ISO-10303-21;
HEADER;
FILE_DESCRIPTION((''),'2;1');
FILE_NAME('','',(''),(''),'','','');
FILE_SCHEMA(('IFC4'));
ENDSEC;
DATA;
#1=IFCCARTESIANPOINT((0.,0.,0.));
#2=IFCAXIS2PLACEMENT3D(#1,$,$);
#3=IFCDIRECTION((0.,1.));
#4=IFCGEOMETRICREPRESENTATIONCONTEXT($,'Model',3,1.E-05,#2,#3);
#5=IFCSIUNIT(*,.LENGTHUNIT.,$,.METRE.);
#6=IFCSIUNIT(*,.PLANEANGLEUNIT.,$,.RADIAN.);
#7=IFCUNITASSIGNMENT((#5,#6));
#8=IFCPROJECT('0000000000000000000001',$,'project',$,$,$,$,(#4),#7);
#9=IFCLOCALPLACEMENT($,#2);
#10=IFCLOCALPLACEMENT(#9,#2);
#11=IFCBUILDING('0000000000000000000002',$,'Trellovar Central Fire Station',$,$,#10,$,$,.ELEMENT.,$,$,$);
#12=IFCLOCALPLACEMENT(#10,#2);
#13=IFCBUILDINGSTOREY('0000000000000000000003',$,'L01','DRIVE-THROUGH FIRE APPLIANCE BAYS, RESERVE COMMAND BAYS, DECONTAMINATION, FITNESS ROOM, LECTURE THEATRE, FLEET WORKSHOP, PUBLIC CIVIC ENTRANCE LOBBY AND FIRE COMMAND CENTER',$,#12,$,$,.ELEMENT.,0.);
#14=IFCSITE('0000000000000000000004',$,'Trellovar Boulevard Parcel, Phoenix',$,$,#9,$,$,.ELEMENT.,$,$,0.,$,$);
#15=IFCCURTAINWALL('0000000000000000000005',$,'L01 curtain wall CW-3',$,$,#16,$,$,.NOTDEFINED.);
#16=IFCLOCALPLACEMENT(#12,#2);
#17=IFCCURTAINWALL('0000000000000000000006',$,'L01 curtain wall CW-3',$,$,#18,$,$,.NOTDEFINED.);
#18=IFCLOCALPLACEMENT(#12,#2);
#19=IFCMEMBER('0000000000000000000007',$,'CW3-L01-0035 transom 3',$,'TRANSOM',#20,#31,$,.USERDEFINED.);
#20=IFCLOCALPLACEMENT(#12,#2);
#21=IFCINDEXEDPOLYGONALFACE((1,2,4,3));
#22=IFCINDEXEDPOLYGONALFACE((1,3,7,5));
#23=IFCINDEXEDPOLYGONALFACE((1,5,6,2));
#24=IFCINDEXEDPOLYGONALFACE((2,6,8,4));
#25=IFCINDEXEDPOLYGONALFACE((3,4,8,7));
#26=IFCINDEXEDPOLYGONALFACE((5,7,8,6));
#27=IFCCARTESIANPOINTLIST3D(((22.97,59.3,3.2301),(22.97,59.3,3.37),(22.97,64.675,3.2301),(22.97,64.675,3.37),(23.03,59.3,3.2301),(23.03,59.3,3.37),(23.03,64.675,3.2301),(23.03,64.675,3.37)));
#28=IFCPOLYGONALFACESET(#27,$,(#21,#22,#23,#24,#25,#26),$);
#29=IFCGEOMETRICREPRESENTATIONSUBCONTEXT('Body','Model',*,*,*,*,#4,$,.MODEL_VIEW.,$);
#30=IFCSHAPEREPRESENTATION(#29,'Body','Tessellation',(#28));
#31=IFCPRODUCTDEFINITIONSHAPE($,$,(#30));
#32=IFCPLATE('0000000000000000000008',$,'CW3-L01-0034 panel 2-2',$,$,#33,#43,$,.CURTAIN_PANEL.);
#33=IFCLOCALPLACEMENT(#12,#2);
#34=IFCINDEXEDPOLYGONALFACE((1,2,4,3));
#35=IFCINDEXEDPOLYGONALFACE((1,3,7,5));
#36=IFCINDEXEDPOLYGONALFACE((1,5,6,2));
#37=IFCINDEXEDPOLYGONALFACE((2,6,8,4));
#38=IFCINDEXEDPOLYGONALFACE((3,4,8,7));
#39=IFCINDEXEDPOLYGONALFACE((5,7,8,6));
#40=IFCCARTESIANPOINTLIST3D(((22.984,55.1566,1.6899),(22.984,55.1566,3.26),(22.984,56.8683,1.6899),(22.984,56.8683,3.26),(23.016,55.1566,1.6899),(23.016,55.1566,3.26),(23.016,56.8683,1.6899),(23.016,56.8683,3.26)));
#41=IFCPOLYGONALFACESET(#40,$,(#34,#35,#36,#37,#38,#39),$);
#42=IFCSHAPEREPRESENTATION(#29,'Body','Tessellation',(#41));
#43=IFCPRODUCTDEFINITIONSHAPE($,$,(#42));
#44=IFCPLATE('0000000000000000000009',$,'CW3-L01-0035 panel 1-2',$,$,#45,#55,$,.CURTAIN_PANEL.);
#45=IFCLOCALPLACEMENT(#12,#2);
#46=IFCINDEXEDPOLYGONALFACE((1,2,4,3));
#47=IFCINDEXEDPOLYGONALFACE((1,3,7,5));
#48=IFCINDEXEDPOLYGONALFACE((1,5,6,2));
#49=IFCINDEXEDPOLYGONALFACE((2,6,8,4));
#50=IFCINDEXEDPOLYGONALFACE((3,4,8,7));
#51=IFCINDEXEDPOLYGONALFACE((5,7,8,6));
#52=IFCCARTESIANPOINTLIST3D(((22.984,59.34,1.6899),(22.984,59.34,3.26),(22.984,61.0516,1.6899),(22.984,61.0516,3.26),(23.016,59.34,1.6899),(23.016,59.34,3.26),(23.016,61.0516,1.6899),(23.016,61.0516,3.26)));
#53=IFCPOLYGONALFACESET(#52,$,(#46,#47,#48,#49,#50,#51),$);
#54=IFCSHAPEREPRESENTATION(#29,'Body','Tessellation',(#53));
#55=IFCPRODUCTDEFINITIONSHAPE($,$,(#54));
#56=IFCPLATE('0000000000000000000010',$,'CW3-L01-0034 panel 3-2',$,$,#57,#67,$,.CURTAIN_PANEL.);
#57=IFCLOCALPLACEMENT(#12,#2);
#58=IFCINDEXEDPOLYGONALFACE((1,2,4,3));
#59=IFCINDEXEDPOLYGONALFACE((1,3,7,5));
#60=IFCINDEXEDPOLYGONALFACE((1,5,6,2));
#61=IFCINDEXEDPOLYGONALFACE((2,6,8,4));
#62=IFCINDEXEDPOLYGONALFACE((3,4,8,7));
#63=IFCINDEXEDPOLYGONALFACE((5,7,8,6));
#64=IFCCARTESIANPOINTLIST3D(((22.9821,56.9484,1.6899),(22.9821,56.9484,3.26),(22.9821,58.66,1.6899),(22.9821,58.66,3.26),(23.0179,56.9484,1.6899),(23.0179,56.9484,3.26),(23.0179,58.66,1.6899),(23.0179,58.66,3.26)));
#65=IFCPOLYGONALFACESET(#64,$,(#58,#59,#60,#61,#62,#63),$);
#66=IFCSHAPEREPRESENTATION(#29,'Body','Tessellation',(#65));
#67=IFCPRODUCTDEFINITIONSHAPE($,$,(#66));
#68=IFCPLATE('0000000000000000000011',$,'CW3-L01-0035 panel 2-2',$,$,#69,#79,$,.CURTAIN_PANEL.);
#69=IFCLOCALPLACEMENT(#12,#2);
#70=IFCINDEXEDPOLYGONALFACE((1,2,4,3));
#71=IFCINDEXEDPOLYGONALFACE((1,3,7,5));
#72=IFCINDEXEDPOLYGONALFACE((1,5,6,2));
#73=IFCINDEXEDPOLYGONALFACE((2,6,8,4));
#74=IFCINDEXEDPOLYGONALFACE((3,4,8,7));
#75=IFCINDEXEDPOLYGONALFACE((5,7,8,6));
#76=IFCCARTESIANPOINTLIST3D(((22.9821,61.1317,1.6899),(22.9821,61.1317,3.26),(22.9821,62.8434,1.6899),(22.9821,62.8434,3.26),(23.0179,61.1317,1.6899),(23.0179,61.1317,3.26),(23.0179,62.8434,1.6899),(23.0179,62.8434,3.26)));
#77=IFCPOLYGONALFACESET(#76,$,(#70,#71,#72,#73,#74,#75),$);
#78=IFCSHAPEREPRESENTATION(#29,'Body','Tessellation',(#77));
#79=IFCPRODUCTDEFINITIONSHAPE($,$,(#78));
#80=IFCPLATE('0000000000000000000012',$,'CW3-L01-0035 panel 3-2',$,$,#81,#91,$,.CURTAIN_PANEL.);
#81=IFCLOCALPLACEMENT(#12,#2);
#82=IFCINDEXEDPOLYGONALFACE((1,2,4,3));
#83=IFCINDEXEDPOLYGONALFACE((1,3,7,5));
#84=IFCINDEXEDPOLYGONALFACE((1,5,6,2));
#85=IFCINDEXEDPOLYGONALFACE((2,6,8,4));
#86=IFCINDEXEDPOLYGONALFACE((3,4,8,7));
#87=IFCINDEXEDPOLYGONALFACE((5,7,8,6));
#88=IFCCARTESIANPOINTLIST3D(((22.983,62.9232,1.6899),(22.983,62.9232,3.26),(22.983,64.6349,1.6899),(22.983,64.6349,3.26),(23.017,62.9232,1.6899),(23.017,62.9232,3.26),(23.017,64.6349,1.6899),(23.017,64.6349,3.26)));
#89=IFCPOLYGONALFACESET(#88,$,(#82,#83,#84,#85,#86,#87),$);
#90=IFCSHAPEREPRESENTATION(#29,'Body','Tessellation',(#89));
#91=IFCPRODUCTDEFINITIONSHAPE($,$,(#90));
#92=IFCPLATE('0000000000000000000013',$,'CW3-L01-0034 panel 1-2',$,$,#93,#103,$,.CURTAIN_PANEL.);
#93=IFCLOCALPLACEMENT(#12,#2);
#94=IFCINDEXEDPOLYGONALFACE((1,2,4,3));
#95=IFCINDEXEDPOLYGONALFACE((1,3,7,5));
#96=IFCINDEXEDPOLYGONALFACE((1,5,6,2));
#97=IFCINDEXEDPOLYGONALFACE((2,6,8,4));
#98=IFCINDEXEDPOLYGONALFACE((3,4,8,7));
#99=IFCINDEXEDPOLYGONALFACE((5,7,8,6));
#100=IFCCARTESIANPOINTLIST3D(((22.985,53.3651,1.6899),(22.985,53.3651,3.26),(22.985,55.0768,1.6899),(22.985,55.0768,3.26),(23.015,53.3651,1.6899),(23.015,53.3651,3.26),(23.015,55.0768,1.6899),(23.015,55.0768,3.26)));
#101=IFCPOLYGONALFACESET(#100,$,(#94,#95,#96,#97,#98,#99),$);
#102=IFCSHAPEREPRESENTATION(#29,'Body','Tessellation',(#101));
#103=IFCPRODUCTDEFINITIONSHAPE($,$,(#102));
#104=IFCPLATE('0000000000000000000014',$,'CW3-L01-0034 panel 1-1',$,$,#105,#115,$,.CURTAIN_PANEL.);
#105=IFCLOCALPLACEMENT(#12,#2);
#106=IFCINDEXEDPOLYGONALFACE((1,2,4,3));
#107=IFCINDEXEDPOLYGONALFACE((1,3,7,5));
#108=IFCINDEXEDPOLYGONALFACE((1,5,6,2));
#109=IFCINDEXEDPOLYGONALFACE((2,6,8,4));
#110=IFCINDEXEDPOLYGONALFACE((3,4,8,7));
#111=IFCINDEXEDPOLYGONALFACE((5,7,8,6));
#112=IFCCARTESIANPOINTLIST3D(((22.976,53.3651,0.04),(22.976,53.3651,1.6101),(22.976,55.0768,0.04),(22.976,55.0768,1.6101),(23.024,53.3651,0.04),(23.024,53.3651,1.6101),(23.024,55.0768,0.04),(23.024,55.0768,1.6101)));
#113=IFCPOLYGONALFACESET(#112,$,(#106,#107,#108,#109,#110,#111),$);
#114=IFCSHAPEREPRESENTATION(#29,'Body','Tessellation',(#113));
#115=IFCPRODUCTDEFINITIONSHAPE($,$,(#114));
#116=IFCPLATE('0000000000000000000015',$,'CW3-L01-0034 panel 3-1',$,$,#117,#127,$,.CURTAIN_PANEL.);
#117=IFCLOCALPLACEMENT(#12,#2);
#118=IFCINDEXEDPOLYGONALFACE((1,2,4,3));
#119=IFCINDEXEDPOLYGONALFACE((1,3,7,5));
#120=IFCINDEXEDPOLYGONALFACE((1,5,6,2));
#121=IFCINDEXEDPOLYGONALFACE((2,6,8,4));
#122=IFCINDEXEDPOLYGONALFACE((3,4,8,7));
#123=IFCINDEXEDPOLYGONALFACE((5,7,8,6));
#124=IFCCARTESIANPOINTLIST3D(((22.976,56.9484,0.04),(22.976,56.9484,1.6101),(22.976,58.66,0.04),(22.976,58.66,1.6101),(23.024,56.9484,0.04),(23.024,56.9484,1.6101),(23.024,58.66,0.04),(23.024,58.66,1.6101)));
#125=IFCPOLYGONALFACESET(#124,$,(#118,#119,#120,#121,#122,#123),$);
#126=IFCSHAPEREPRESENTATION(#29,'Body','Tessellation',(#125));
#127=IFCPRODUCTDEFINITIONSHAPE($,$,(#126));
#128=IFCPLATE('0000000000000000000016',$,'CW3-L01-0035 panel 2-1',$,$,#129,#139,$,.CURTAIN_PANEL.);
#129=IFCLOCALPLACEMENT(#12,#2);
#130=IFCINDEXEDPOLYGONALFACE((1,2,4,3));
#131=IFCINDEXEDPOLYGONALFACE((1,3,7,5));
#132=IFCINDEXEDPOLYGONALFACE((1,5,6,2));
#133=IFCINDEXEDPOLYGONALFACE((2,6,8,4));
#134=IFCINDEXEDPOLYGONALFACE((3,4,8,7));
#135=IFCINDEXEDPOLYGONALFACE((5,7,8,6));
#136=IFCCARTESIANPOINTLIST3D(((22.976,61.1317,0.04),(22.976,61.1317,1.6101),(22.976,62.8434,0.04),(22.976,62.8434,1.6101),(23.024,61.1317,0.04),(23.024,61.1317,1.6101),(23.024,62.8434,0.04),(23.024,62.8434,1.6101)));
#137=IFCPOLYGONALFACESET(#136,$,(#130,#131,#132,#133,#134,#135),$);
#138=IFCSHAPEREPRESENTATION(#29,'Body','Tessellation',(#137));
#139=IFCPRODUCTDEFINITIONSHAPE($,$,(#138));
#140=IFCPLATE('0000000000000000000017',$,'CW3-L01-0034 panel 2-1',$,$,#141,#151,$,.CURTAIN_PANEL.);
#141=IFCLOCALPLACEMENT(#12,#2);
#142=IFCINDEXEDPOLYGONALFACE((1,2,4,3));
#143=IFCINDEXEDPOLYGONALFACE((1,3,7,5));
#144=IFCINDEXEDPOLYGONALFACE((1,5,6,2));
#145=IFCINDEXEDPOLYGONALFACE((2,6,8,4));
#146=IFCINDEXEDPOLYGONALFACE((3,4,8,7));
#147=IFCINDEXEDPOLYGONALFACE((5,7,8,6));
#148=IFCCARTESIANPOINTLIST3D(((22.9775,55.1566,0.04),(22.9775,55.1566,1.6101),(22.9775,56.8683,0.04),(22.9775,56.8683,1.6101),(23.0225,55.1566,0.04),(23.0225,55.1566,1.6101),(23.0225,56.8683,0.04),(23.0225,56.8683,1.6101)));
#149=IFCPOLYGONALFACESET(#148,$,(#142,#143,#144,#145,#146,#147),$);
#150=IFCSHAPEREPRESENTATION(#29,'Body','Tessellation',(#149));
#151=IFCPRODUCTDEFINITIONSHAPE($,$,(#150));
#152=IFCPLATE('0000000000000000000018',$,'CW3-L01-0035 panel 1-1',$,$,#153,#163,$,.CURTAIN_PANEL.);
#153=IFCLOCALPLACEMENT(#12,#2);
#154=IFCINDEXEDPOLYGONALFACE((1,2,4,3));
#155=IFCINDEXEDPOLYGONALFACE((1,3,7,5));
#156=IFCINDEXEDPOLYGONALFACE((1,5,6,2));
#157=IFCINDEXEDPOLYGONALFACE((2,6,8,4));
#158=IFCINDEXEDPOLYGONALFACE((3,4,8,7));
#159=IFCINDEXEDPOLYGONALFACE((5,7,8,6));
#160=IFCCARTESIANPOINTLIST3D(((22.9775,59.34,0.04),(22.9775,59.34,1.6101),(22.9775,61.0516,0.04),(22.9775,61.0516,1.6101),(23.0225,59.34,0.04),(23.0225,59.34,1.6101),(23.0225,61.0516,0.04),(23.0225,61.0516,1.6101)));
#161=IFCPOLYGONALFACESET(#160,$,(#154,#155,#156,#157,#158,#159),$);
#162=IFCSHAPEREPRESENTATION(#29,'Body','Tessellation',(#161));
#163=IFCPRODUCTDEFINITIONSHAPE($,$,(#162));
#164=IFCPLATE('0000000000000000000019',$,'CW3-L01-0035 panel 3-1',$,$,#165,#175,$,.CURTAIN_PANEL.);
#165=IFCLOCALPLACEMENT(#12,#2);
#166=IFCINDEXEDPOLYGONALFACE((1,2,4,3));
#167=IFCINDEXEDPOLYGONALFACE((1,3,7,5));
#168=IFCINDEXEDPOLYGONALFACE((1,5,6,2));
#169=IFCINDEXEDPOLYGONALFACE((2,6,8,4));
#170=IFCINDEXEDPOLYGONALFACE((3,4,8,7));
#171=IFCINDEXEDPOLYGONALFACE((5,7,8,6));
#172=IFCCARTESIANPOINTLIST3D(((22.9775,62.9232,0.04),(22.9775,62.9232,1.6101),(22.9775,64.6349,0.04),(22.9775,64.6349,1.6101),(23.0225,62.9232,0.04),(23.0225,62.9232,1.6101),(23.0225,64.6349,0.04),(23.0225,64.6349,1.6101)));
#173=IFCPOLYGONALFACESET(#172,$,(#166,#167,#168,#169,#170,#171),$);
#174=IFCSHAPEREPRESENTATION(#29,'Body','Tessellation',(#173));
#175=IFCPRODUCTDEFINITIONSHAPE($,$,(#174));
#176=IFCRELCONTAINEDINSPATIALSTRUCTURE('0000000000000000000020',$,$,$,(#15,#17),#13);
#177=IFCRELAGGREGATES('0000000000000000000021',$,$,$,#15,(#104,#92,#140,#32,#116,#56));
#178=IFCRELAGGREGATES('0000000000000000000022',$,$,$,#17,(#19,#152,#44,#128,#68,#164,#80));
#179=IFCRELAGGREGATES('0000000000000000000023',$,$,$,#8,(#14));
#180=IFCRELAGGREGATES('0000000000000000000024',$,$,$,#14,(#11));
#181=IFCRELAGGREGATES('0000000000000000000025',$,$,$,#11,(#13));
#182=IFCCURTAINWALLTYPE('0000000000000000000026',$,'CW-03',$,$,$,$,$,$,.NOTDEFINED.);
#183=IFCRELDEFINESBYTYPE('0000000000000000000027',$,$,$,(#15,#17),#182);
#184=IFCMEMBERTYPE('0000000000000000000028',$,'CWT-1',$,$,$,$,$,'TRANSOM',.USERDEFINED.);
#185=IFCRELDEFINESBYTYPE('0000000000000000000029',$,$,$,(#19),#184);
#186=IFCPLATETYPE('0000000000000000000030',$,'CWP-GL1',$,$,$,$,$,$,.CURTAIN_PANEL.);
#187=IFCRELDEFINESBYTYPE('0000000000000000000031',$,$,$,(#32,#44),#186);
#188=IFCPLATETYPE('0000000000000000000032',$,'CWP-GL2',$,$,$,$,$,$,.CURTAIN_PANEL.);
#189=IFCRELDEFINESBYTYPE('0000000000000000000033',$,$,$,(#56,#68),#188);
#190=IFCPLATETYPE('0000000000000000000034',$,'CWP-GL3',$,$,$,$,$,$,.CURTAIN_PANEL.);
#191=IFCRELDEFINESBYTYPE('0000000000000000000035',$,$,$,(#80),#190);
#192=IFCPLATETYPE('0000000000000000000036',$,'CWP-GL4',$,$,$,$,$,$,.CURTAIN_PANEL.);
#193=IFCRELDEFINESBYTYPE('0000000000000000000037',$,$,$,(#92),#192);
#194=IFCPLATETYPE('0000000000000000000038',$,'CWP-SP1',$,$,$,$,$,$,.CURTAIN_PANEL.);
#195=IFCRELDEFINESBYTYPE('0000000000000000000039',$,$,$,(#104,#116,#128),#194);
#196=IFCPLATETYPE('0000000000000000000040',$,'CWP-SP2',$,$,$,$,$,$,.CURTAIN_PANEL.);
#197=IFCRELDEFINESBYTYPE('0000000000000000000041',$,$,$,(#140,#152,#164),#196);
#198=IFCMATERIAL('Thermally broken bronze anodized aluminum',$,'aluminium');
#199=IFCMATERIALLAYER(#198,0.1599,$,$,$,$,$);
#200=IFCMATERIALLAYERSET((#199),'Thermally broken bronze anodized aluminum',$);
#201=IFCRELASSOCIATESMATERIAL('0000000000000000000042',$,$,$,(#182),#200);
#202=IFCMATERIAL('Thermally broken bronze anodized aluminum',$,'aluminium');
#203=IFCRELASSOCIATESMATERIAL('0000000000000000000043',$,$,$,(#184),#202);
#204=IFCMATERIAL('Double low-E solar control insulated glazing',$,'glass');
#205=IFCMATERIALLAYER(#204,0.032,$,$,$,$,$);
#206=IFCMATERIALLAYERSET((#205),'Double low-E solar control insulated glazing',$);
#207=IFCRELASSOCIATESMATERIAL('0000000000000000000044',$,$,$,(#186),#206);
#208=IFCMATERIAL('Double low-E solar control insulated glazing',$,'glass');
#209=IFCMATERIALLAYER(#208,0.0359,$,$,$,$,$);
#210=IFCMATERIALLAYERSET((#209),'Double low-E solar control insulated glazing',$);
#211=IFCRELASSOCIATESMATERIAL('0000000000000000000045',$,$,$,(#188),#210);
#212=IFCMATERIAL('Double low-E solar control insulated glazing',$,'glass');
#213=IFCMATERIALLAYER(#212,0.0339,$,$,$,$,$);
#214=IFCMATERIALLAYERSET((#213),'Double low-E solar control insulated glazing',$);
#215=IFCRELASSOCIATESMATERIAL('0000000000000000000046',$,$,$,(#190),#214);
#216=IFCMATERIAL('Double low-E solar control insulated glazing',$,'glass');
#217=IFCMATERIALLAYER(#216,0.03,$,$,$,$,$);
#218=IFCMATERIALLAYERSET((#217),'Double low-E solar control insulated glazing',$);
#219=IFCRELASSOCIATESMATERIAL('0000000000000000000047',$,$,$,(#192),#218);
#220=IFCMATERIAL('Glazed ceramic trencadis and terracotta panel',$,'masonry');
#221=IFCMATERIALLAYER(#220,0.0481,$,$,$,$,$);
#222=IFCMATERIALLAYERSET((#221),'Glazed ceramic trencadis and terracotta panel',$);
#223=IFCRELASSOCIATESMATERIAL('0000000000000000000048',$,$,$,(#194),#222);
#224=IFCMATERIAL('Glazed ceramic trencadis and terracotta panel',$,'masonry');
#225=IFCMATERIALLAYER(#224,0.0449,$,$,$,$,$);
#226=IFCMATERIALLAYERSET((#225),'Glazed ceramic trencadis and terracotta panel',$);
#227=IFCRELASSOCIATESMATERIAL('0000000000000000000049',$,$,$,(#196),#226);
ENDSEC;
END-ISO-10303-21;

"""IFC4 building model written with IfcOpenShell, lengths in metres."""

from ifc_helpers import new_model, si_unit, direction, frame, origin, origin_2d, place, context, subcontext, project, spatial, rectangle, extrude, material, layer, layer_set, material_profile, profile_set, type_object, element, aggregate, save


model = new_model("IFC4")

# Units and contexts
model_context = context("Model", 3, precision=1e-05, world=origin(), true_north=direction((0.0, 1.0)))
body_context = subcontext(model_context, "Body", "Model", "MODEL_VIEW")
ifc_project = project(units=[si_unit("LENGTHUNIT", "METRE"), si_unit("PLANEANGLEUNIT", "RADIAN")], contexts=[model_context])

# Site, building, storey
site_placement = place(None, origin())
site = spatial("IfcSite", under=ifc_project, at=site_placement, Name="Trellovar Boulevard Parcel, Phoenix", CompositionType="ELEMENT", RefElevation=0.0)
building_placement = place(site_placement, origin())
building = spatial("IfcBuilding", under=site, at=building_placement, Name="Trellovar Central Fire Station", CompositionType="ELEMENT")
storey_placement = place(building_placement, origin())
storey = spatial("IfcBuildingStorey", under=building, at=storey_placement, Name="L01", Description="DRIVE-THROUGH FIRE APPLIANCE BAYS, RESERVE COMMAND BAYS, DECONTAMINATION, FITNESS ROOM, LECTURE THEATRE, FLEET WORKSHOP, PUBLIC CIVIC ENTRANCE LOBBY AND FIRE COMMAND CENTER", CompositionType="ELEMENT", Elevation=0.0)

# Curtain walls
ifc_material_1 = material(Name="Thermally broken bronze anodized aluminum", Category="aluminium")
ifc_layer_1 = layer(ifc_material_1, 0.1599)
ifc_layer_set_1 = layer_set([ifc_layer_1], Name="Thermally broken bronze anodized aluminum")
curtain_wall_type = type_object("IfcCurtainWallType", Name="CW-03", PredefinedType="NOTDEFINED", material=ifc_layer_set_1)
curtain_wall_1_placement = place(storey_placement, origin())
curtain_wall_1 = element("IfcCurtainWall", 1, at=curtain_wall_1_placement, inside=storey, type_object=curtain_wall_type, Name="L01 curtain wall CW-3", PredefinedType="NOTDEFINED")
curtain_wall_2_placement = place(storey_placement, origin())
curtain_wall_2 = element("IfcCurtainWall", 2, at=curtain_wall_2_placement, inside=storey, type_object=curtain_wall_type, Name="L01 curtain wall CW-3", PredefinedType="NOTDEFINED")

# Member
ifc_material_2 = material(Name="Thermally broken bronze anodized aluminum", Category="aluminium")
ifc_material_profile_1 = material_profile(ifc_material_2, rectangle(XDim=0.0601, YDim=0.1399, at=origin_2d()), Name="ALU60X140")
ifc_profile_set_1 = profile_set([ifc_material_profile_1], Name="Thermally broken bronze anodized aluminum")
member_type_1 = type_object("IfcMemberType", Name="CWT-1", ElementType="TRANSOM", PredefinedType="USERDEFINED", material=ifc_profile_set_1)
member_1_placement = place(storey_placement, frame((23.0, 59.3, 3.3), z_axis=(0.0, 1.0, 0.0), x_axis=(-1.0, 0.0, 0.0)))
member_1 = element("IfcMember", 3, at=member_1_placement, type_object=member_type_1, Name="CW3-L01-0035 transom 3", ObjectType="TRANSOM", PredefinedType="USERDEFINED", context=body_context, shape_type="SweptSolid", body=[
    extrude(rectangle(XDim=0.0601, YDim=0.1399, at=origin_2d()), origin(), (0.0, 0.0, 1.0), 5.375),
])

# Plates
ifc_material_3 = material(Name="Double low-E solar control insulated glazing", Category="glass")
ifc_layer_2 = layer(ifc_material_3, 0.032)
ifc_layer_set_2 = layer_set([ifc_layer_2], Name="Double low-E solar control insulated glazing")
plate_type_1 = type_object("IfcPlateType", Name="CWP-GL1", PredefinedType="CURTAIN_PANEL", material=ifc_layer_set_2)
plate_1_placement = place(storey_placement, frame((23.0, 56.0125, 1.6899), z_axis=(0.0, 0.0, 1.0), x_axis=(0.0, 1.0, 0.0)))
plate_1 = element("IfcPlate", 4, at=plate_1_placement, type_object=plate_type_1, Name="CW3-L01-0034 panel 2-2", PredefinedType="CURTAIN_PANEL", context=body_context, shape_type="SweptSolid", body=[
    extrude(rectangle(XDim=1.7117, YDim=0.032, at=origin_2d()), origin(), (0.0, 0.0, 1.0), 1.5701),
])
plate_2_placement = place(storey_placement, frame((23.0, 60.1958, 1.6899), z_axis=(0.0, 0.0, 1.0), x_axis=(0.0, 1.0, 0.0)))
plate_2 = element("IfcPlate", 5, at=plate_2_placement, type_object=plate_type_1, Name="CW3-L01-0035 panel 1-2", PredefinedType="CURTAIN_PANEL", context=body_context, shape_type="SweptSolid", body=[
    extrude(rectangle(XDim=1.7117, YDim=0.032, at=origin_2d()), origin(), (0.0, 0.0, 1.0), 1.5701),
])
ifc_material_4 = material(Name="Double low-E solar control insulated glazing", Category="glass")
ifc_layer_3 = layer(ifc_material_4, 0.0359)
ifc_layer_set_3 = layer_set([ifc_layer_3], Name="Double low-E solar control insulated glazing")
plate_type_2 = type_object("IfcPlateType", Name="CWP-GL2", PredefinedType="CURTAIN_PANEL", material=ifc_layer_set_3)
plate_3_placement = place(storey_placement, frame((23.0, 57.8042, 1.6899), z_axis=(0.0, 0.0, 1.0), x_axis=(0.0, 1.0, 0.0)))
plate_3 = element("IfcPlate", 6, at=plate_3_placement, type_object=plate_type_2, Name="CW3-L01-0034 panel 3-2", PredefinedType="CURTAIN_PANEL", context=body_context, shape_type="SweptSolid", body=[
    extrude(rectangle(XDim=1.7117, YDim=0.0359, at=origin_2d()), origin(), (0.0, 0.0, 1.0), 1.5701),
])
plate_4_placement = place(storey_placement, frame((23.0, 61.9875, 1.6899), z_axis=(0.0, 0.0, 1.0), x_axis=(0.0, 1.0, 0.0)))
plate_4 = element("IfcPlate", 7, at=plate_4_placement, type_object=plate_type_2, Name="CW3-L01-0035 panel 2-2", PredefinedType="CURTAIN_PANEL", context=body_context, shape_type="SweptSolid", body=[
    extrude(rectangle(XDim=1.7117, YDim=0.0359, at=origin_2d()), origin(), (0.0, 0.0, 1.0), 1.5701),
])
ifc_material_5 = material(Name="Double low-E solar control insulated glazing", Category="glass")
ifc_layer_4 = layer(ifc_material_5, 0.0339)
ifc_layer_set_4 = layer_set([ifc_layer_4], Name="Double low-E solar control insulated glazing")
plate_type_3 = type_object("IfcPlateType", Name="CWP-GL3", PredefinedType="CURTAIN_PANEL", material=ifc_layer_set_4)
plate_5_placement = place(storey_placement, frame((23.0, 63.7791, 1.6899), z_axis=(0.0, 0.0, 1.0), x_axis=(0.0, 1.0, 0.0)))
plate_5 = element("IfcPlate", 8, at=plate_5_placement, type_object=plate_type_3, Name="CW3-L01-0035 panel 3-2", PredefinedType="CURTAIN_PANEL", context=body_context, shape_type="SweptSolid", body=[
    extrude(rectangle(XDim=1.7117, YDim=0.0339, at=origin_2d()), origin(), (0.0, 0.0, 1.0), 1.5701),
])
ifc_material_6 = material(Name="Double low-E solar control insulated glazing", Category="glass")
ifc_layer_5 = layer(ifc_material_6, 0.03)
ifc_layer_set_5 = layer_set([ifc_layer_5], Name="Double low-E solar control insulated glazing")
plate_type_4 = type_object("IfcPlateType", Name="CWP-GL4", PredefinedType="CURTAIN_PANEL", material=ifc_layer_set_5)
plate_6_placement = place(storey_placement, frame((23.0, 54.2209, 1.6899), z_axis=(0.0, 0.0, 1.0), x_axis=(0.0, 1.0, 0.0)))
plate_6 = element("IfcPlate", 9, at=plate_6_placement, type_object=plate_type_4, Name="CW3-L01-0034 panel 1-2", PredefinedType="CURTAIN_PANEL", context=body_context, shape_type="SweptSolid", body=[
    extrude(rectangle(XDim=1.7117, YDim=0.03, at=origin_2d()), origin(), (0.0, 0.0, 1.0), 1.5701),
])
ifc_material_7 = material(Name="Glazed ceramic trencadis and terracotta panel", Category="masonry")
ifc_layer_6 = layer(ifc_material_7, 0.0481)
ifc_layer_set_6 = layer_set([ifc_layer_6], Name="Glazed ceramic trencadis and terracotta panel")
plate_type_5 = type_object("IfcPlateType", Name="CWP-SP1", PredefinedType="CURTAIN_PANEL", material=ifc_layer_set_6)
plate_7_placement = place(storey_placement, frame((23.0, 54.2209, 0.04), z_axis=(0.0, 0.0, 1.0), x_axis=(0.0, 1.0, 0.0)))
plate_7 = element("IfcPlate", 10, at=plate_7_placement, type_object=plate_type_5, Name="CW3-L01-0034 panel 1-1", PredefinedType="CURTAIN_PANEL", context=body_context, shape_type="SweptSolid", body=[
    extrude(rectangle(XDim=1.7117, YDim=0.0481, at=origin_2d()), origin(), (0.0, 0.0, 1.0), 1.5701),
])
plate_8_placement = place(storey_placement, frame((23.0, 57.8042, 0.04), z_axis=(0.0, 0.0, 1.0), x_axis=(0.0, 1.0, 0.0)))
plate_8 = element("IfcPlate", 11, at=plate_8_placement, type_object=plate_type_5, Name="CW3-L01-0034 panel 3-1", PredefinedType="CURTAIN_PANEL", context=body_context, shape_type="SweptSolid", body=[
    extrude(rectangle(XDim=1.7117, YDim=0.0481, at=origin_2d()), origin(), (0.0, 0.0, 1.0), 1.5701),
])
plate_9_placement = place(storey_placement, frame((23.0, 61.9875, 0.04), z_axis=(0.0, 0.0, 1.0), x_axis=(0.0, 1.0, 0.0)))
plate_9 = element("IfcPlate", 12, at=plate_9_placement, type_object=plate_type_5, Name="CW3-L01-0035 panel 2-1", PredefinedType="CURTAIN_PANEL", context=body_context, shape_type="SweptSolid", body=[
    extrude(rectangle(XDim=1.7117, YDim=0.0481, at=origin_2d()), origin(), (0.0, 0.0, 1.0), 1.5701),
])
ifc_material_8 = material(Name="Glazed ceramic trencadis and terracotta panel", Category="masonry")
ifc_layer_7 = layer(ifc_material_8, 0.0449)
ifc_layer_set_7 = layer_set([ifc_layer_7], Name="Glazed ceramic trencadis and terracotta panel")
plate_type_6 = type_object("IfcPlateType", Name="CWP-SP2", PredefinedType="CURTAIN_PANEL", material=ifc_layer_set_7)
plate_10_placement = place(storey_placement, frame((23.0, 56.0125, 0.04), z_axis=(0.0, 0.0, 1.0), x_axis=(0.0, 1.0, 0.0)))
plate_10 = element("IfcPlate", 13, at=plate_10_placement, type_object=plate_type_6, Name="CW3-L01-0034 panel 2-1", PredefinedType="CURTAIN_PANEL", context=body_context, shape_type="SweptSolid", body=[
    extrude(rectangle(XDim=1.7117, YDim=0.0449, at=origin_2d()), origin(), (0.0, 0.0, 1.0), 1.5701),
])
aggregate(curtain_wall_1, [plate_7, plate_6, plate_10, plate_1, plate_8, plate_3])
plate_11_placement = place(storey_placement, frame((23.0, 60.1958, 0.04), z_axis=(0.0, 0.0, 1.0), x_axis=(0.0, 1.0, 0.0)))
plate_11 = element("IfcPlate", 14, at=plate_11_placement, type_object=plate_type_6, Name="CW3-L01-0035 panel 1-1", PredefinedType="CURTAIN_PANEL", context=body_context, shape_type="SweptSolid", body=[
    extrude(rectangle(XDim=1.7117, YDim=0.0449, at=origin_2d()), origin(), (0.0, 0.0, 1.0), 1.5701),
])
plate_12_placement = place(storey_placement, frame((23.0, 63.7791, 0.04), z_axis=(0.0, 0.0, 1.0), x_axis=(0.0, 1.0, 0.0)))
plate_12 = element("IfcPlate", 15, at=plate_12_placement, type_object=plate_type_6, Name="CW3-L01-0035 panel 3-1", PredefinedType="CURTAIN_PANEL", context=body_context, shape_type="SweptSolid", body=[
    extrude(rectangle(XDim=1.7117, YDim=0.0449, at=origin_2d()), origin(), (0.0, 0.0, 1.0), 1.5701),
])
aggregate(curtain_wall_2, [member_1, plate_11, plate_2, plate_9, plate_4, plate_12, plate_5])

save(model, "model.ifc")
